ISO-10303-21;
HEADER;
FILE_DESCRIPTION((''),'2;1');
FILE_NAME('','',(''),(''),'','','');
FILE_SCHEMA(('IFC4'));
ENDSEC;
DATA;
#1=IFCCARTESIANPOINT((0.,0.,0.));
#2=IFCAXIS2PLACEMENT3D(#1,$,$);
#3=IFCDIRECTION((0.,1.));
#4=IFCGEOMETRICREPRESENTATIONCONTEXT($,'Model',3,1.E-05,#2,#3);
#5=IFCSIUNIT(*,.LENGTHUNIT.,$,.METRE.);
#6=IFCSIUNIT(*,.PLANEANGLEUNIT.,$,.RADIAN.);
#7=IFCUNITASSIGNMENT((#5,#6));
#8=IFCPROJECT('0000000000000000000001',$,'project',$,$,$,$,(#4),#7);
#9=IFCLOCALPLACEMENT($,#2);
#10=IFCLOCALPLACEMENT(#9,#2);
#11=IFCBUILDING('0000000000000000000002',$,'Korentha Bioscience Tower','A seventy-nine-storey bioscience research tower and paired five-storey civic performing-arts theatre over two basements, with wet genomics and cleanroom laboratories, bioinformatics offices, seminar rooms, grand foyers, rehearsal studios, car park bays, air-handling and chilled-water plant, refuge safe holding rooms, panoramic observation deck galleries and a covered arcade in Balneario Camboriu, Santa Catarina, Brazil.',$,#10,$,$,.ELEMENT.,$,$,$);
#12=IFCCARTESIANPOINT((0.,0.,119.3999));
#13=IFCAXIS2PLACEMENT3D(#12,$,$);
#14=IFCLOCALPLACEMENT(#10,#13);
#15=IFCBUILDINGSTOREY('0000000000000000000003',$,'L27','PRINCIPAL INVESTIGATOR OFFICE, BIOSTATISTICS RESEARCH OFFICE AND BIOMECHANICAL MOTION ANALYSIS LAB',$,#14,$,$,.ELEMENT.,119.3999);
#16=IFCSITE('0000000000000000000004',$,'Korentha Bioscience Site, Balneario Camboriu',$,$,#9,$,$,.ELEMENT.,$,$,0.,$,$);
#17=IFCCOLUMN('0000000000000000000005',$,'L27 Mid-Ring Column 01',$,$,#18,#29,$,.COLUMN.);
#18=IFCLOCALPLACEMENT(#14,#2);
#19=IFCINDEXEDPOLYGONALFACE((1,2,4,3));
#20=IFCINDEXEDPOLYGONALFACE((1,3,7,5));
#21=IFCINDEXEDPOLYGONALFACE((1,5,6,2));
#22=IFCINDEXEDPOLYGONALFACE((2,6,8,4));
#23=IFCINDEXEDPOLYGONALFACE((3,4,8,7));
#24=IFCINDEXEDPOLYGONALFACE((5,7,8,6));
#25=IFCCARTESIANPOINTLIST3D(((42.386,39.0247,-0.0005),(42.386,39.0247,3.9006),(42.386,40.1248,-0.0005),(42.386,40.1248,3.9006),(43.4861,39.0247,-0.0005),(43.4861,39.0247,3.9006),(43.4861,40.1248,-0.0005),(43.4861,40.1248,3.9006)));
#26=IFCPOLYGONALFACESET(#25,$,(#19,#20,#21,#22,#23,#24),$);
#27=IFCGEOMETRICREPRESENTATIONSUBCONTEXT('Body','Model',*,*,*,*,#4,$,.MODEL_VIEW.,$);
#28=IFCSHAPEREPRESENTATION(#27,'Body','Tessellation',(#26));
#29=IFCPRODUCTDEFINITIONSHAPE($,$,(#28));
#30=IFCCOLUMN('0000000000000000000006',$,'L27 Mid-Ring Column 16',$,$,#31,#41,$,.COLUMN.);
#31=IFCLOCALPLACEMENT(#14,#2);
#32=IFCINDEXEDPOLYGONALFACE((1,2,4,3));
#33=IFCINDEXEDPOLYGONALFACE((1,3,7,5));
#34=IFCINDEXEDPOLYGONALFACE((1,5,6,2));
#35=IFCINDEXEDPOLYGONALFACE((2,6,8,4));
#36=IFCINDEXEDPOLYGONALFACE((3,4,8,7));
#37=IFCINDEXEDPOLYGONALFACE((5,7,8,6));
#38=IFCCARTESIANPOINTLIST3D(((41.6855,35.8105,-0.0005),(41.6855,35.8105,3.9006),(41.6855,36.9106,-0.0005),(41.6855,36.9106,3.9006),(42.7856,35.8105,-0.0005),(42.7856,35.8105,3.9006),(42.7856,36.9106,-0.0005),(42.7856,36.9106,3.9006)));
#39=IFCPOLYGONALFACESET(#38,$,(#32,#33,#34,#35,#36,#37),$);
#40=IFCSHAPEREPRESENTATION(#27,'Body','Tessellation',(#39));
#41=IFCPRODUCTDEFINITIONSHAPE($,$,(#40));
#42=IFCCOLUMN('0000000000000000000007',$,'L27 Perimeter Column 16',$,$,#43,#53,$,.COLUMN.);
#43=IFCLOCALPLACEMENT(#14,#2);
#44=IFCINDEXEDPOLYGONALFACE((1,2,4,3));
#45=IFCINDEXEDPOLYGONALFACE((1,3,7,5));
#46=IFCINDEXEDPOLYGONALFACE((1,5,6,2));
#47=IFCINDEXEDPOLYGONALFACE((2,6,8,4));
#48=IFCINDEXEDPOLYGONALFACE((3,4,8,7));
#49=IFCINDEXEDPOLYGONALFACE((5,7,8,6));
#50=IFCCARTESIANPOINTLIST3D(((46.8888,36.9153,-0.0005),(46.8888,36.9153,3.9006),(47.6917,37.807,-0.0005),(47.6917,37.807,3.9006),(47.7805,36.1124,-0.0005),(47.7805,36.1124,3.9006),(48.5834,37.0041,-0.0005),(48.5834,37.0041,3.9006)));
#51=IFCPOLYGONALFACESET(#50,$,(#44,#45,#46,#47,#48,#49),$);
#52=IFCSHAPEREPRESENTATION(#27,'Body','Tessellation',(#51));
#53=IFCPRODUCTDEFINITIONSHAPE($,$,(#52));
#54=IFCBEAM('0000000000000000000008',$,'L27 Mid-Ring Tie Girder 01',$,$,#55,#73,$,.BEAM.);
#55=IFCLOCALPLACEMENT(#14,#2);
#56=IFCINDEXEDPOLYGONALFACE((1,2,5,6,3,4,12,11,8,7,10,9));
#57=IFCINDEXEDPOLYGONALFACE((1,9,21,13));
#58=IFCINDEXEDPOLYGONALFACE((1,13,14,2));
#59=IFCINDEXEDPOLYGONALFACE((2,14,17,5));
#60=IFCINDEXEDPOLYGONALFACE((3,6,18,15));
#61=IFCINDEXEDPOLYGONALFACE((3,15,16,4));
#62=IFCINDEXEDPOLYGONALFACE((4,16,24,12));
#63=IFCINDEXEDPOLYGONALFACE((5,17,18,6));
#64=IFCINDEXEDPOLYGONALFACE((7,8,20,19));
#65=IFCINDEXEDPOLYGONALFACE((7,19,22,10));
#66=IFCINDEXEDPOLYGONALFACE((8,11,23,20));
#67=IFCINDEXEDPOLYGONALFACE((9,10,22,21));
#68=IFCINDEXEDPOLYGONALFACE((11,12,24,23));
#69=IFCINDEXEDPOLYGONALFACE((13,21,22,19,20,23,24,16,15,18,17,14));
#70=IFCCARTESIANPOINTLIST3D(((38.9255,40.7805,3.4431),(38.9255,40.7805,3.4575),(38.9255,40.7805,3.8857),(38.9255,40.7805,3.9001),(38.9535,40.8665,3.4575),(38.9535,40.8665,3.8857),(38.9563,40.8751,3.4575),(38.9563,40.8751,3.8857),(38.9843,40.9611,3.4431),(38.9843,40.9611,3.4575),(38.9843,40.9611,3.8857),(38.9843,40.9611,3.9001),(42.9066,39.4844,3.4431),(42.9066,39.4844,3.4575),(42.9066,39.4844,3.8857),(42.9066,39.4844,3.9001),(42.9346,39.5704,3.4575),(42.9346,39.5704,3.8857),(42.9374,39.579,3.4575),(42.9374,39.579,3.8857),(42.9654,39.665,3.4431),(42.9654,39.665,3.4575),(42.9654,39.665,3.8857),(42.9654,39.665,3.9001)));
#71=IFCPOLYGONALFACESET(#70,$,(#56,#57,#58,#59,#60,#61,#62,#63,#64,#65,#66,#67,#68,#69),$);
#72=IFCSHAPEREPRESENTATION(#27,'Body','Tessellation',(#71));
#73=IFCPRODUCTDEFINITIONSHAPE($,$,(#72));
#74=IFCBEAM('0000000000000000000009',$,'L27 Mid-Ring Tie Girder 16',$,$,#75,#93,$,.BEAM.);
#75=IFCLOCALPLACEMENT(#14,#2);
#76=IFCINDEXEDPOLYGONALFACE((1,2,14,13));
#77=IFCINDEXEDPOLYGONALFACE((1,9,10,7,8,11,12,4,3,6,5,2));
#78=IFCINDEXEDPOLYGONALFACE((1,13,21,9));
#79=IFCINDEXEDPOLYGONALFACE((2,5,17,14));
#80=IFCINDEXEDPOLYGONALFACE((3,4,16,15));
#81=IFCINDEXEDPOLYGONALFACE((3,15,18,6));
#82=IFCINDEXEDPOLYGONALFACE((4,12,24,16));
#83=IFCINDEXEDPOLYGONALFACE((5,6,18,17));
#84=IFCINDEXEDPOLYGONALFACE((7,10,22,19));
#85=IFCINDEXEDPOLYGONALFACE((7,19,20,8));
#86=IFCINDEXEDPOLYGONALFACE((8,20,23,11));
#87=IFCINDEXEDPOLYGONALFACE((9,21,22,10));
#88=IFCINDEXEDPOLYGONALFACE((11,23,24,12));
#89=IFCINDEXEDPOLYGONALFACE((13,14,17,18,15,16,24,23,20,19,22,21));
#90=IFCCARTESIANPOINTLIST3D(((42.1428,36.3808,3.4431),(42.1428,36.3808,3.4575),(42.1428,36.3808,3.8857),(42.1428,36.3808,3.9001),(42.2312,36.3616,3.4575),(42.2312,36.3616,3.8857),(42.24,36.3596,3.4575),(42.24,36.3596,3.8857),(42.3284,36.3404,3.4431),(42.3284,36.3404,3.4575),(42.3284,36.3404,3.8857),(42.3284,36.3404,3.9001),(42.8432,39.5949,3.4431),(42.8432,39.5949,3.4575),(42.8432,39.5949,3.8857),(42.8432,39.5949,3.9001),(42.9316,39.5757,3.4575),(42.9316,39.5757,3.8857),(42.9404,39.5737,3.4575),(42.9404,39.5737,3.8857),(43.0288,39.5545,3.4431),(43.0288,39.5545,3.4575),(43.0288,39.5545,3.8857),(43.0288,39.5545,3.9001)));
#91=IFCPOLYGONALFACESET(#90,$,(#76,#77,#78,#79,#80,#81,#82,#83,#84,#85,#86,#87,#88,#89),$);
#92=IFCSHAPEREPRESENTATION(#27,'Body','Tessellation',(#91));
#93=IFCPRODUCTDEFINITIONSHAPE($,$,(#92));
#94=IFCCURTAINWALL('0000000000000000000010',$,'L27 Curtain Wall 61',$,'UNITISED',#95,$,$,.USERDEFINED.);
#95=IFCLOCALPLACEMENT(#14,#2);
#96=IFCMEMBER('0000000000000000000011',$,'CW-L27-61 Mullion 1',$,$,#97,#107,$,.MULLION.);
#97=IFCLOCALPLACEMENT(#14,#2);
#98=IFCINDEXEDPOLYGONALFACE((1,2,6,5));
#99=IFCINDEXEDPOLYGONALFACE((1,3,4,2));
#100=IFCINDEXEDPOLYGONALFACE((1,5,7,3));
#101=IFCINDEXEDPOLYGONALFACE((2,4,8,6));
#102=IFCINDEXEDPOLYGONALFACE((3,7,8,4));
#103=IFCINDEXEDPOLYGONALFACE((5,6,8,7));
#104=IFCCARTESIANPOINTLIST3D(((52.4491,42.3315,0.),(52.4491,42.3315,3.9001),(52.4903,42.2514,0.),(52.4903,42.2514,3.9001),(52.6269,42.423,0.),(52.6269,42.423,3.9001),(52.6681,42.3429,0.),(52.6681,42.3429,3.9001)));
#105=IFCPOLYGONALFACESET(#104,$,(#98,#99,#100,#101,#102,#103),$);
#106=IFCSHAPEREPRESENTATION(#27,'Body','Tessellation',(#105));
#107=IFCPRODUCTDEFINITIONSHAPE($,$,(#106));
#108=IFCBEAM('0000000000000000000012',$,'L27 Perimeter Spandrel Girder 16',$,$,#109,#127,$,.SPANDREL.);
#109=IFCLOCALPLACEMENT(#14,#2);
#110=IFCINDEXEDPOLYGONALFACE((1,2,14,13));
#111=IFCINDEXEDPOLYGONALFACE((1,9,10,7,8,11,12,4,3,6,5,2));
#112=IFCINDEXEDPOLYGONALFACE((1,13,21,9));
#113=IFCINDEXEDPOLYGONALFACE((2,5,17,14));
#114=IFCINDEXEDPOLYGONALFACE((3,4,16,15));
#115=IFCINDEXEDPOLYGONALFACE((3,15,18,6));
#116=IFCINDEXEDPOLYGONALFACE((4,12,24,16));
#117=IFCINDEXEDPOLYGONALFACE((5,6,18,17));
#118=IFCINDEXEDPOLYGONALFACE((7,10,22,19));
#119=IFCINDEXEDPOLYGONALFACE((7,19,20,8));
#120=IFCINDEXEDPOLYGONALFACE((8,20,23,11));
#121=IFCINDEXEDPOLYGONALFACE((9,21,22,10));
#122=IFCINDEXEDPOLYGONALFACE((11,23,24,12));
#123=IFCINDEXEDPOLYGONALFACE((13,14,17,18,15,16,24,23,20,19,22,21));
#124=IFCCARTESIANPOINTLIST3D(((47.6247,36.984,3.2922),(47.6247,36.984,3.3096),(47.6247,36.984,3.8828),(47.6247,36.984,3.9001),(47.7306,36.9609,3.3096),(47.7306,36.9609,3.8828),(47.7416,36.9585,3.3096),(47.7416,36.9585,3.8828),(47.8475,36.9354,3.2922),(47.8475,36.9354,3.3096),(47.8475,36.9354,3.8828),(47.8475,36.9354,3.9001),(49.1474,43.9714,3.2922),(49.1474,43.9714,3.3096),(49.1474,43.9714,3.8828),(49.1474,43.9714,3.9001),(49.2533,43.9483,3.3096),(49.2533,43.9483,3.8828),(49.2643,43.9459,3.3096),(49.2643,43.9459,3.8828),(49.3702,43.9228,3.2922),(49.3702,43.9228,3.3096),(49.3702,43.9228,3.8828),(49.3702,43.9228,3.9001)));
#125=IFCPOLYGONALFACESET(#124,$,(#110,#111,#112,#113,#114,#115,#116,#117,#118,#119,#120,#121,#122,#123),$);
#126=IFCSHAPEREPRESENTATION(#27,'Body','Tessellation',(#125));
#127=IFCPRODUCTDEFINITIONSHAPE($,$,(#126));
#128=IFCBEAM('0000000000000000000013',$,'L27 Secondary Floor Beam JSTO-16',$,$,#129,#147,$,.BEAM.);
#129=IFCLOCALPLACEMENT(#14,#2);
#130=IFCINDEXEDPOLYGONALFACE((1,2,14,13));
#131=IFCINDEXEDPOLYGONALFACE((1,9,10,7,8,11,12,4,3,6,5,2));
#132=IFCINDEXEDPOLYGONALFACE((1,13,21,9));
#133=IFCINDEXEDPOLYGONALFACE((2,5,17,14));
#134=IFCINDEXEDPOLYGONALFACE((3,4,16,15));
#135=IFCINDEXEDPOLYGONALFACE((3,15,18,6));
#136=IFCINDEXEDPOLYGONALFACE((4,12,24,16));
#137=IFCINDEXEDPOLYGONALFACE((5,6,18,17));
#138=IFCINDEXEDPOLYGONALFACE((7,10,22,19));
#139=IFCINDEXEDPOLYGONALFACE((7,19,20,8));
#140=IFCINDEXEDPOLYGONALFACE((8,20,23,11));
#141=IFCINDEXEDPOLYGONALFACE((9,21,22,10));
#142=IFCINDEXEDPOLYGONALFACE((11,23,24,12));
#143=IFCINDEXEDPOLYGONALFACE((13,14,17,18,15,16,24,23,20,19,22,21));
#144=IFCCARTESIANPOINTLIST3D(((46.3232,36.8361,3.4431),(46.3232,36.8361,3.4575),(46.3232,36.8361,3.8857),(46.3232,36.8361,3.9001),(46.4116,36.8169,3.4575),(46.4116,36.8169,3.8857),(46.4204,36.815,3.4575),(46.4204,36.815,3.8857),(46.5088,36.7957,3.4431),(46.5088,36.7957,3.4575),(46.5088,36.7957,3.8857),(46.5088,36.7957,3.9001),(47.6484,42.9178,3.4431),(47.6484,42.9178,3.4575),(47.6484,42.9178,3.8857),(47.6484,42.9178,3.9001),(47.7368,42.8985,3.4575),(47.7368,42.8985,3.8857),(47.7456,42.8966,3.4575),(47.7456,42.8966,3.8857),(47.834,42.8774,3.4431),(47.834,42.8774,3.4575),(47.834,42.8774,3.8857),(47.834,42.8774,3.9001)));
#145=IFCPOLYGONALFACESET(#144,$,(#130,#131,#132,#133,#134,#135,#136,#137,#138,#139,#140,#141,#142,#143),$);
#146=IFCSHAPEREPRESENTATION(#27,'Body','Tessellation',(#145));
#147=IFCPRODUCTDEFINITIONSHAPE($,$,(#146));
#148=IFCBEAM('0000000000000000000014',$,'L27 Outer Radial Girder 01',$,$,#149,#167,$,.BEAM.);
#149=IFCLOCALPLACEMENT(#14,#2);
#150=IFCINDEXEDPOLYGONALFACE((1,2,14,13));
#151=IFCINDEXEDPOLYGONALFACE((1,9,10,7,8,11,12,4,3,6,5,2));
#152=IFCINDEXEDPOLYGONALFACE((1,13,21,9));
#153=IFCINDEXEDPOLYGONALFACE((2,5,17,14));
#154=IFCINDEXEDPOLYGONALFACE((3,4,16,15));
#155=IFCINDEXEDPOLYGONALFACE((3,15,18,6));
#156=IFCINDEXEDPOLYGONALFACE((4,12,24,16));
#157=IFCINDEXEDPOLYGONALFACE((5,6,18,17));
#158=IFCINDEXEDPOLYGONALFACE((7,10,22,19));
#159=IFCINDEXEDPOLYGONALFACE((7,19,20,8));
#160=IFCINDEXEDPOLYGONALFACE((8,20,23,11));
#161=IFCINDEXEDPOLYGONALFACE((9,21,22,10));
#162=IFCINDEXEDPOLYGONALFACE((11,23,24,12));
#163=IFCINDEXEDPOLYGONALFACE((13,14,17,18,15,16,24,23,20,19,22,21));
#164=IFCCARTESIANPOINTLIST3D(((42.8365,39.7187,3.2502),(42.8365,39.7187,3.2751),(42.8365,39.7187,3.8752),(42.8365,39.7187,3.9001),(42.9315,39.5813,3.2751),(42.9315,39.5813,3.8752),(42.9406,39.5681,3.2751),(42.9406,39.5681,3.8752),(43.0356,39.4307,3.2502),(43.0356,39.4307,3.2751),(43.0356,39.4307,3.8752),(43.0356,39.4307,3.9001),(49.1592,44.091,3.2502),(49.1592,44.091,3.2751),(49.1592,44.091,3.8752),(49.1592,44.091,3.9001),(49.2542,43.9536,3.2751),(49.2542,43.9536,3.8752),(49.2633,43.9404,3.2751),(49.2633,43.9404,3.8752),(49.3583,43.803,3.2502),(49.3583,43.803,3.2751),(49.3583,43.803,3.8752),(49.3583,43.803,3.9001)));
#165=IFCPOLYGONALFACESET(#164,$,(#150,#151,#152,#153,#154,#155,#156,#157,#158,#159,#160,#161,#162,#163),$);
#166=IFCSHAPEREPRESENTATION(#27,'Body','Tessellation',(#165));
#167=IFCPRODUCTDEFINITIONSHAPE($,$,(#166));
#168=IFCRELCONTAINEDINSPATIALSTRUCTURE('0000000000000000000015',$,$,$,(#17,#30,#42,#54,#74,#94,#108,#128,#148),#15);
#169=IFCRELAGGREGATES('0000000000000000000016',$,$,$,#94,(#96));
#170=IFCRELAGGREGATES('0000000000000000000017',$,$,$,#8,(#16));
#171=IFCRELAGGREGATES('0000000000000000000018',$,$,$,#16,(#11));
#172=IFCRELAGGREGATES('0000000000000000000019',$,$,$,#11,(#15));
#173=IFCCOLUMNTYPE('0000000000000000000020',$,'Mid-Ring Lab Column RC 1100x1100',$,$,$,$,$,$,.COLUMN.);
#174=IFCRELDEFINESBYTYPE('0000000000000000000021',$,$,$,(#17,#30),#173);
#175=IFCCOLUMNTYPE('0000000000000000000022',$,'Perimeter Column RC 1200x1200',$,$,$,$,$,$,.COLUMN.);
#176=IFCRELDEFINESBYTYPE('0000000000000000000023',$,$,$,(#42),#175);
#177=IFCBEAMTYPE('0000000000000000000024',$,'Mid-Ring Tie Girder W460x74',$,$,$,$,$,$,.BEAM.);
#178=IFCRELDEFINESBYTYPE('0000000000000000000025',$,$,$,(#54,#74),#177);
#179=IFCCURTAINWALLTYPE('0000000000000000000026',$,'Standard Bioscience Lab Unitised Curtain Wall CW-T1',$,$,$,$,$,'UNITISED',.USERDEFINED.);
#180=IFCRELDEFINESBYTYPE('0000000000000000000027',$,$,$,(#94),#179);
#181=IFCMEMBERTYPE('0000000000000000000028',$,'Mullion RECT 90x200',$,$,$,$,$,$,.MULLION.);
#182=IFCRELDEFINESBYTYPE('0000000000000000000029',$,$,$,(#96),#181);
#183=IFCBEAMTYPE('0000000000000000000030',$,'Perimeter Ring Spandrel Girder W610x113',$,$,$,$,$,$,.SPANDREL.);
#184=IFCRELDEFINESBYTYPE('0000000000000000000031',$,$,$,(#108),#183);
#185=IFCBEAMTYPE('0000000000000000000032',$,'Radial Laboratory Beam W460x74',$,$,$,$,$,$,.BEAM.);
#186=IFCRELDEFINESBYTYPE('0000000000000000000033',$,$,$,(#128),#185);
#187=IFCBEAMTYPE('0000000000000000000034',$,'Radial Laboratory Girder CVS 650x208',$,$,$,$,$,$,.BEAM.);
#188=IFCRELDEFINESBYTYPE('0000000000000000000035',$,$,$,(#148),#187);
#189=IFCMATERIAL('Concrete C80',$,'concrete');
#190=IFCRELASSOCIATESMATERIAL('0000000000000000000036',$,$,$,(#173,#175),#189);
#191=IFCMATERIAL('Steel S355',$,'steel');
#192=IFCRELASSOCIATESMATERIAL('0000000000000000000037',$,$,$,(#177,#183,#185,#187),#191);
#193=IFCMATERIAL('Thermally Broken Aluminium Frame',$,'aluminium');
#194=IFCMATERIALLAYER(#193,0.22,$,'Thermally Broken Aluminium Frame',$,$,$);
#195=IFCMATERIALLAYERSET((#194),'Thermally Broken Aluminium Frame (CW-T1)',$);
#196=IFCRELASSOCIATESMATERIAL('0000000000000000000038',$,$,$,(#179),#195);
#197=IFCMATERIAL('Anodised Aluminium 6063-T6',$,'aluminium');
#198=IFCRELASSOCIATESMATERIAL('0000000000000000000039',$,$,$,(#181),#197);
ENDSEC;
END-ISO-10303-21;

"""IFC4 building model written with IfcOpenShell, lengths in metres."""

from ifc_helpers import new_model, si_unit, direction, frame, origin, origin_2d, place, context, subcontext, project, spatial, rectangle, i_section, extrude, material, layer, layer_set, material_profile, profile_set, type_object, element, aggregate, save


model = new_model("IFC4")

# Units and contexts
model_context = context("Model", 3, precision=1e-05, world=origin(), true_north=direction((0.0, 1.0)))
body_context = subcontext(model_context, "Body", "Model", "MODEL_VIEW")
ifc_project = project(units=[si_unit("LENGTHUNIT", "METRE"), si_unit("PLANEANGLEUNIT", "RADIAN")], contexts=[model_context])

# Site, building, storey
site_placement = place(None, origin())
site = spatial("IfcSite", under=ifc_project, at=site_placement, Name="Korentha Bioscience Site, Balneario Camboriu", CompositionType="ELEMENT", RefElevation=0.0)
building_placement = place(site_placement, origin())
building = spatial("IfcBuilding", under=site, at=building_placement, Name="Korentha Bioscience Tower", Description="A seventy-nine-storey bioscience research tower and paired five-storey civic performing-arts theatre over two basements, with wet genomics and cleanroom laboratories, bioinformatics offices, seminar rooms, grand foyers, rehearsal studios, car park bays, air-handling and chilled-water plant, refuge safe holding rooms, panoramic observation deck galleries and a covered arcade in Balneario Camboriu, Santa Catarina, Brazil.", CompositionType="ELEMENT")
storey_placement = place(building_placement, frame((0.0, 0.0, 119.3999)))
storey = spatial("IfcBuildingStorey", under=building, at=storey_placement, Name="L27", Description="PRINCIPAL INVESTIGATOR OFFICE, BIOSTATISTICS RESEARCH OFFICE AND BIOMECHANICAL MOTION ANALYSIS LAB", CompositionType="ELEMENT", Elevation=119.3999)

# Columns
ifc_material_1 = material(Name="Concrete C80", Category="concrete")
ifc_material_profile_1 = material_profile(ifc_material_1, rectangle(XDim=1.1001, YDim=1.1001, at=origin_2d()), Name="Concrete C80")
ifc_profile_set_1 = profile_set([ifc_material_profile_1], Name="Concrete C80 (COL-MR11)")
column_type_1 = type_object("IfcColumnType", Name="Mid-Ring Lab Column RC 1100x1100", PredefinedType="COLUMN", material=ifc_profile_set_1)
for number, where, z_axis, x_axis, name in (
    (1, (42.936, 39.5747, -0.0005), (0.0, 0.0, 1.0), (1.0, 0.0, 0.0), "L27 Mid-Ring Column 01"),
    (2, (42.2356, 36.3606, -0.0005), (0.0, 0.0, 1.0), (1.0, 0.0, 0.0), "L27 Mid-Ring Column 16"),
):
    element("IfcColumn", number, at=place(storey_placement, frame(where, z_axis=z_axis, x_axis=x_axis)), inside=storey, type_object=column_type_1, Name=name, PredefinedType="COLUMN", context=body_context, shape_type="SweptSolid", body=[
        extrude(rectangle(XDim=1.1001, YDim=1.1001, at=origin_2d()), origin(), (0.0, 0.0, 1.0), 3.9011),
    ])
ifc_material_profile_2 = material_profile(ifc_material_1, rectangle(XDim=1.2, YDim=1.2, at=origin_2d()), Name="Concrete C80")
ifc_profile_set_2 = profile_set([ifc_material_profile_2], Name="Concrete C80 (COL-P12)")
column_type_2 = type_object("IfcColumnType", Name="Perimeter Column RC 1200x1200", PredefinedType="COLUMN", material=ifc_profile_set_2)
column_placement = place(storey_placement, frame((47.7361, 36.9597, -0.0005), z_axis=(0.0, 0.0, 1.0), x_axis=(0.669131, 0.743145, 0.0)))
element("IfcColumn", 3, at=column_placement, inside=storey, type_object=column_type_2, Name="L27 Perimeter Column 16", PredefinedType="COLUMN", context=body_context, shape_type="SweptSolid", body=[
    extrude(rectangle(XDim=1.2, YDim=1.2, at=origin_2d()), origin(), (0.0, 0.0, 1.0), 3.9011),
])

# Beams
ifc_material_2 = material(Name="Steel S355", Category="steel")
ifc_material_profile_3 = material_profile(ifc_material_2, i_section(OverallWidth=0.1899, OverallDepth=0.457, WebThickness=0.009, FlangeThickness=0.0144, at=origin_2d()), Name="Steel S355")
ifc_profile_set_3 = profile_set([ifc_material_profile_3], Name="Steel S355 (MB-460)")
beam_type_1 = type_object("IfcBeamType", Name="Mid-Ring Tie Girder W460x74", PredefinedType="BEAM", material=ifc_profile_set_3)
beam_1_placement = place(storey_placement, frame((42.936, 39.5747, 3.6716), z_axis=(-0.950876, 0.309573, 0.0), x_axis=(-0.309573, -0.950876, 0.0)))
element("IfcBeam", 4, at=beam_1_placement, inside=storey, type_object=beam_type_1, Name="L27 Mid-Ring Tie Girder 01", PredefinedType="BEAM", context=body_context, shape_type="SweptSolid", body=[
    extrude(i_section(OverallWidth=0.1899, OverallDepth=0.457, WebThickness=0.009, FlangeThickness=0.0144, at=origin_2d()), origin(), (0.0, 0.0, 1.0), 4.1868),
])
beam_2_placement = place(storey_placement, frame((42.2356, 36.3606, 3.6716), z_axis=(0.212929, 0.977068, 0.0), x_axis=(-0.977068, 0.212929, 0.0)))
element("IfcBeam", 5, at=beam_2_placement, inside=storey, type_object=beam_type_1, Name="L27 Mid-Ring Tie Girder 16", PredefinedType="BEAM", context=body_context, shape_type="SweptSolid", body=[
    extrude(i_section(OverallWidth=0.1899, OverallDepth=0.457, WebThickness=0.009, FlangeThickness=0.0144, at=origin_2d()), origin(), (0.0, 0.0, 1.0), 3.2896),
])

# Curtain wall, member
ifc_material_3 = material(Name="Thermally Broken Aluminium Frame", Category="aluminium")
ifc_layer_1 = layer(ifc_material_3, 0.22, Name="Thermally Broken Aluminium Frame")
ifc_layer_set_1 = layer_set([ifc_layer_1], Name="Thermally Broken Aluminium Frame (CW-T1)")
curtain_wall_type = type_object("IfcCurtainWallType", Name="Standard Bioscience Lab Unitised Curtain Wall CW-T1", ElementType="UNITISED", PredefinedType="USERDEFINED", material=ifc_layer_set_1)
curtain_wall_placement = place(storey_placement, origin())
curtain_wall = element("IfcCurtainWall", 6, at=curtain_wall_placement, inside=storey, type_object=curtain_wall_type, Name="L27 Curtain Wall 61", ObjectType="UNITISED", PredefinedType="USERDEFINED")
ifc_material_4 = material(Name="Anodised Aluminium 6063-T6", Category="aluminium")
ifc_material_profile_4 = material_profile(ifc_material_4, rectangle(XDim=0.0901, YDim=0.2, at=origin_2d()), Name="Anodised Aluminium 6063-T6")
ifc_profile_set_4 = profile_set([ifc_material_profile_4], Name="Anodised Aluminium 6063-T6 (CW-MUL)")
member_type_1 = type_object("IfcMemberType", Name="Mullion RECT 90x200", PredefinedType="MULLION", material=ifc_profile_set_4)
member_1_placement = place(storey_placement, frame((52.5586, 42.3372, 0.0), z_axis=(0.0, 0.0, 1.0), x_axis=(-0.457613, 0.889151, 0.0)))
member_1 = element("IfcMember", 7, at=member_1_placement, type_object=member_type_1, Name="CW-L27-61 Mullion 1", PredefinedType="MULLION", context=body_context, shape_type="SweptSolid", body=[
    extrude(rectangle(XDim=0.0901, YDim=0.2, at=origin_2d()), origin(), (0.0, 0.0, 1.0), 3.9001),
])

# Beams
ifc_material_profile_5 = material_profile(ifc_material_2, i_section(OverallWidth=0.228, OverallDepth=0.6079, WebThickness=0.0112, FlangeThickness=0.0173, at=origin_2d()), Name="Steel S355")
ifc_profile_set_5 = profile_set([ifc_material_profile_5], Name="Steel S355 (SB-610)")
beam_type_2 = type_object("IfcBeamType", Name="Perimeter Ring Spandrel Girder W610x113", PredefinedType="SPANDREL", material=ifc_profile_set_5)
beam_3_placement = place(storey_placement, frame((47.7361, 36.9597, 3.5962), z_axis=(0.212927, 0.977068, 0.0), x_axis=(-0.977068, 0.212927, 0.0)))
element("IfcBeam", 8, at=beam_3_placement, inside=storey, type_object=beam_type_2, Name="L27 Perimeter Spandrel Girder 16", PredefinedType="SPANDREL", context=body_context, shape_type="SweptSolid", body=[
    extrude(i_section(OverallWidth=0.228, OverallDepth=0.6079, WebThickness=0.0112, FlangeThickness=0.0173, at=origin_2d()), origin(), (0.0, 0.0, 1.0), 7.1514),
])
ifc_material_profile_6 = material_profile(ifc_material_2, i_section(OverallWidth=0.1899, OverallDepth=0.457, WebThickness=0.009, FlangeThickness=0.0144, at=origin_2d()), Name="Steel S355")
ifc_profile_set_6 = profile_set([ifc_material_profile_6], Name="Steel S355 (RB-460)")
beam_type_3 = type_object("IfcBeamType", Name="Radial Laboratory Beam W460x74", PredefinedType="BEAM", material=ifc_profile_set_6)
beam_4_placement = place(storey_placement, frame((46.416, 36.8159, 3.6716), z_axis=(0.212908, 0.977072, 0.0), x_axis=(-0.977072, 0.212908, 0.0)))
element("IfcBeam", 9, at=beam_4_placement, inside=storey, type_object=beam_type_3, Name="L27 Secondary Floor Beam JSTO-16", PredefinedType="BEAM", context=body_context, shape_type="SweptSolid", body=[
    extrude(i_section(OverallWidth=0.1899, OverallDepth=0.457, WebThickness=0.009, FlangeThickness=0.0144, at=origin_2d()), origin(), (0.0, 0.0, 1.0), 6.2244),
])
ifc_material_profile_7 = material_profile(ifc_material_2, i_section(OverallWidth=0.3501, OverallDepth=0.6499, WebThickness=0.0161, FlangeThickness=0.0249, at=origin_2d()), Name="Steel S355")
ifc_profile_set_7 = profile_set([ifc_material_profile_7], Name="Steel S355 (RB-650)")
beam_type_4 = type_object("IfcBeamType", Name="Radial Laboratory Girder CVS 650x208", PredefinedType="BEAM", material=ifc_profile_set_7)
beam_5_placement = place(storey_placement, frame((42.936, 39.5747, 3.5752), z_axis=(0.822495, 0.568772, 0.0), x_axis=(-0.568772, 0.822495, 0.0)))
element("IfcBeam", 10, at=beam_5_placement, inside=storey, type_object=beam_type_4, Name="L27 Outer Radial Girder 01", PredefinedType="BEAM", context=body_context, shape_type="SweptSolid", body=[
    extrude(i_section(OverallWidth=0.3501, OverallDepth=0.6499, WebThickness=0.0161, FlangeThickness=0.0249, at=origin_2d()), origin(), (0.0, 0.0, 1.0), 7.6873),
])

aggregate(curtain_wall, [member_1])

save(model, "model.ifc")
